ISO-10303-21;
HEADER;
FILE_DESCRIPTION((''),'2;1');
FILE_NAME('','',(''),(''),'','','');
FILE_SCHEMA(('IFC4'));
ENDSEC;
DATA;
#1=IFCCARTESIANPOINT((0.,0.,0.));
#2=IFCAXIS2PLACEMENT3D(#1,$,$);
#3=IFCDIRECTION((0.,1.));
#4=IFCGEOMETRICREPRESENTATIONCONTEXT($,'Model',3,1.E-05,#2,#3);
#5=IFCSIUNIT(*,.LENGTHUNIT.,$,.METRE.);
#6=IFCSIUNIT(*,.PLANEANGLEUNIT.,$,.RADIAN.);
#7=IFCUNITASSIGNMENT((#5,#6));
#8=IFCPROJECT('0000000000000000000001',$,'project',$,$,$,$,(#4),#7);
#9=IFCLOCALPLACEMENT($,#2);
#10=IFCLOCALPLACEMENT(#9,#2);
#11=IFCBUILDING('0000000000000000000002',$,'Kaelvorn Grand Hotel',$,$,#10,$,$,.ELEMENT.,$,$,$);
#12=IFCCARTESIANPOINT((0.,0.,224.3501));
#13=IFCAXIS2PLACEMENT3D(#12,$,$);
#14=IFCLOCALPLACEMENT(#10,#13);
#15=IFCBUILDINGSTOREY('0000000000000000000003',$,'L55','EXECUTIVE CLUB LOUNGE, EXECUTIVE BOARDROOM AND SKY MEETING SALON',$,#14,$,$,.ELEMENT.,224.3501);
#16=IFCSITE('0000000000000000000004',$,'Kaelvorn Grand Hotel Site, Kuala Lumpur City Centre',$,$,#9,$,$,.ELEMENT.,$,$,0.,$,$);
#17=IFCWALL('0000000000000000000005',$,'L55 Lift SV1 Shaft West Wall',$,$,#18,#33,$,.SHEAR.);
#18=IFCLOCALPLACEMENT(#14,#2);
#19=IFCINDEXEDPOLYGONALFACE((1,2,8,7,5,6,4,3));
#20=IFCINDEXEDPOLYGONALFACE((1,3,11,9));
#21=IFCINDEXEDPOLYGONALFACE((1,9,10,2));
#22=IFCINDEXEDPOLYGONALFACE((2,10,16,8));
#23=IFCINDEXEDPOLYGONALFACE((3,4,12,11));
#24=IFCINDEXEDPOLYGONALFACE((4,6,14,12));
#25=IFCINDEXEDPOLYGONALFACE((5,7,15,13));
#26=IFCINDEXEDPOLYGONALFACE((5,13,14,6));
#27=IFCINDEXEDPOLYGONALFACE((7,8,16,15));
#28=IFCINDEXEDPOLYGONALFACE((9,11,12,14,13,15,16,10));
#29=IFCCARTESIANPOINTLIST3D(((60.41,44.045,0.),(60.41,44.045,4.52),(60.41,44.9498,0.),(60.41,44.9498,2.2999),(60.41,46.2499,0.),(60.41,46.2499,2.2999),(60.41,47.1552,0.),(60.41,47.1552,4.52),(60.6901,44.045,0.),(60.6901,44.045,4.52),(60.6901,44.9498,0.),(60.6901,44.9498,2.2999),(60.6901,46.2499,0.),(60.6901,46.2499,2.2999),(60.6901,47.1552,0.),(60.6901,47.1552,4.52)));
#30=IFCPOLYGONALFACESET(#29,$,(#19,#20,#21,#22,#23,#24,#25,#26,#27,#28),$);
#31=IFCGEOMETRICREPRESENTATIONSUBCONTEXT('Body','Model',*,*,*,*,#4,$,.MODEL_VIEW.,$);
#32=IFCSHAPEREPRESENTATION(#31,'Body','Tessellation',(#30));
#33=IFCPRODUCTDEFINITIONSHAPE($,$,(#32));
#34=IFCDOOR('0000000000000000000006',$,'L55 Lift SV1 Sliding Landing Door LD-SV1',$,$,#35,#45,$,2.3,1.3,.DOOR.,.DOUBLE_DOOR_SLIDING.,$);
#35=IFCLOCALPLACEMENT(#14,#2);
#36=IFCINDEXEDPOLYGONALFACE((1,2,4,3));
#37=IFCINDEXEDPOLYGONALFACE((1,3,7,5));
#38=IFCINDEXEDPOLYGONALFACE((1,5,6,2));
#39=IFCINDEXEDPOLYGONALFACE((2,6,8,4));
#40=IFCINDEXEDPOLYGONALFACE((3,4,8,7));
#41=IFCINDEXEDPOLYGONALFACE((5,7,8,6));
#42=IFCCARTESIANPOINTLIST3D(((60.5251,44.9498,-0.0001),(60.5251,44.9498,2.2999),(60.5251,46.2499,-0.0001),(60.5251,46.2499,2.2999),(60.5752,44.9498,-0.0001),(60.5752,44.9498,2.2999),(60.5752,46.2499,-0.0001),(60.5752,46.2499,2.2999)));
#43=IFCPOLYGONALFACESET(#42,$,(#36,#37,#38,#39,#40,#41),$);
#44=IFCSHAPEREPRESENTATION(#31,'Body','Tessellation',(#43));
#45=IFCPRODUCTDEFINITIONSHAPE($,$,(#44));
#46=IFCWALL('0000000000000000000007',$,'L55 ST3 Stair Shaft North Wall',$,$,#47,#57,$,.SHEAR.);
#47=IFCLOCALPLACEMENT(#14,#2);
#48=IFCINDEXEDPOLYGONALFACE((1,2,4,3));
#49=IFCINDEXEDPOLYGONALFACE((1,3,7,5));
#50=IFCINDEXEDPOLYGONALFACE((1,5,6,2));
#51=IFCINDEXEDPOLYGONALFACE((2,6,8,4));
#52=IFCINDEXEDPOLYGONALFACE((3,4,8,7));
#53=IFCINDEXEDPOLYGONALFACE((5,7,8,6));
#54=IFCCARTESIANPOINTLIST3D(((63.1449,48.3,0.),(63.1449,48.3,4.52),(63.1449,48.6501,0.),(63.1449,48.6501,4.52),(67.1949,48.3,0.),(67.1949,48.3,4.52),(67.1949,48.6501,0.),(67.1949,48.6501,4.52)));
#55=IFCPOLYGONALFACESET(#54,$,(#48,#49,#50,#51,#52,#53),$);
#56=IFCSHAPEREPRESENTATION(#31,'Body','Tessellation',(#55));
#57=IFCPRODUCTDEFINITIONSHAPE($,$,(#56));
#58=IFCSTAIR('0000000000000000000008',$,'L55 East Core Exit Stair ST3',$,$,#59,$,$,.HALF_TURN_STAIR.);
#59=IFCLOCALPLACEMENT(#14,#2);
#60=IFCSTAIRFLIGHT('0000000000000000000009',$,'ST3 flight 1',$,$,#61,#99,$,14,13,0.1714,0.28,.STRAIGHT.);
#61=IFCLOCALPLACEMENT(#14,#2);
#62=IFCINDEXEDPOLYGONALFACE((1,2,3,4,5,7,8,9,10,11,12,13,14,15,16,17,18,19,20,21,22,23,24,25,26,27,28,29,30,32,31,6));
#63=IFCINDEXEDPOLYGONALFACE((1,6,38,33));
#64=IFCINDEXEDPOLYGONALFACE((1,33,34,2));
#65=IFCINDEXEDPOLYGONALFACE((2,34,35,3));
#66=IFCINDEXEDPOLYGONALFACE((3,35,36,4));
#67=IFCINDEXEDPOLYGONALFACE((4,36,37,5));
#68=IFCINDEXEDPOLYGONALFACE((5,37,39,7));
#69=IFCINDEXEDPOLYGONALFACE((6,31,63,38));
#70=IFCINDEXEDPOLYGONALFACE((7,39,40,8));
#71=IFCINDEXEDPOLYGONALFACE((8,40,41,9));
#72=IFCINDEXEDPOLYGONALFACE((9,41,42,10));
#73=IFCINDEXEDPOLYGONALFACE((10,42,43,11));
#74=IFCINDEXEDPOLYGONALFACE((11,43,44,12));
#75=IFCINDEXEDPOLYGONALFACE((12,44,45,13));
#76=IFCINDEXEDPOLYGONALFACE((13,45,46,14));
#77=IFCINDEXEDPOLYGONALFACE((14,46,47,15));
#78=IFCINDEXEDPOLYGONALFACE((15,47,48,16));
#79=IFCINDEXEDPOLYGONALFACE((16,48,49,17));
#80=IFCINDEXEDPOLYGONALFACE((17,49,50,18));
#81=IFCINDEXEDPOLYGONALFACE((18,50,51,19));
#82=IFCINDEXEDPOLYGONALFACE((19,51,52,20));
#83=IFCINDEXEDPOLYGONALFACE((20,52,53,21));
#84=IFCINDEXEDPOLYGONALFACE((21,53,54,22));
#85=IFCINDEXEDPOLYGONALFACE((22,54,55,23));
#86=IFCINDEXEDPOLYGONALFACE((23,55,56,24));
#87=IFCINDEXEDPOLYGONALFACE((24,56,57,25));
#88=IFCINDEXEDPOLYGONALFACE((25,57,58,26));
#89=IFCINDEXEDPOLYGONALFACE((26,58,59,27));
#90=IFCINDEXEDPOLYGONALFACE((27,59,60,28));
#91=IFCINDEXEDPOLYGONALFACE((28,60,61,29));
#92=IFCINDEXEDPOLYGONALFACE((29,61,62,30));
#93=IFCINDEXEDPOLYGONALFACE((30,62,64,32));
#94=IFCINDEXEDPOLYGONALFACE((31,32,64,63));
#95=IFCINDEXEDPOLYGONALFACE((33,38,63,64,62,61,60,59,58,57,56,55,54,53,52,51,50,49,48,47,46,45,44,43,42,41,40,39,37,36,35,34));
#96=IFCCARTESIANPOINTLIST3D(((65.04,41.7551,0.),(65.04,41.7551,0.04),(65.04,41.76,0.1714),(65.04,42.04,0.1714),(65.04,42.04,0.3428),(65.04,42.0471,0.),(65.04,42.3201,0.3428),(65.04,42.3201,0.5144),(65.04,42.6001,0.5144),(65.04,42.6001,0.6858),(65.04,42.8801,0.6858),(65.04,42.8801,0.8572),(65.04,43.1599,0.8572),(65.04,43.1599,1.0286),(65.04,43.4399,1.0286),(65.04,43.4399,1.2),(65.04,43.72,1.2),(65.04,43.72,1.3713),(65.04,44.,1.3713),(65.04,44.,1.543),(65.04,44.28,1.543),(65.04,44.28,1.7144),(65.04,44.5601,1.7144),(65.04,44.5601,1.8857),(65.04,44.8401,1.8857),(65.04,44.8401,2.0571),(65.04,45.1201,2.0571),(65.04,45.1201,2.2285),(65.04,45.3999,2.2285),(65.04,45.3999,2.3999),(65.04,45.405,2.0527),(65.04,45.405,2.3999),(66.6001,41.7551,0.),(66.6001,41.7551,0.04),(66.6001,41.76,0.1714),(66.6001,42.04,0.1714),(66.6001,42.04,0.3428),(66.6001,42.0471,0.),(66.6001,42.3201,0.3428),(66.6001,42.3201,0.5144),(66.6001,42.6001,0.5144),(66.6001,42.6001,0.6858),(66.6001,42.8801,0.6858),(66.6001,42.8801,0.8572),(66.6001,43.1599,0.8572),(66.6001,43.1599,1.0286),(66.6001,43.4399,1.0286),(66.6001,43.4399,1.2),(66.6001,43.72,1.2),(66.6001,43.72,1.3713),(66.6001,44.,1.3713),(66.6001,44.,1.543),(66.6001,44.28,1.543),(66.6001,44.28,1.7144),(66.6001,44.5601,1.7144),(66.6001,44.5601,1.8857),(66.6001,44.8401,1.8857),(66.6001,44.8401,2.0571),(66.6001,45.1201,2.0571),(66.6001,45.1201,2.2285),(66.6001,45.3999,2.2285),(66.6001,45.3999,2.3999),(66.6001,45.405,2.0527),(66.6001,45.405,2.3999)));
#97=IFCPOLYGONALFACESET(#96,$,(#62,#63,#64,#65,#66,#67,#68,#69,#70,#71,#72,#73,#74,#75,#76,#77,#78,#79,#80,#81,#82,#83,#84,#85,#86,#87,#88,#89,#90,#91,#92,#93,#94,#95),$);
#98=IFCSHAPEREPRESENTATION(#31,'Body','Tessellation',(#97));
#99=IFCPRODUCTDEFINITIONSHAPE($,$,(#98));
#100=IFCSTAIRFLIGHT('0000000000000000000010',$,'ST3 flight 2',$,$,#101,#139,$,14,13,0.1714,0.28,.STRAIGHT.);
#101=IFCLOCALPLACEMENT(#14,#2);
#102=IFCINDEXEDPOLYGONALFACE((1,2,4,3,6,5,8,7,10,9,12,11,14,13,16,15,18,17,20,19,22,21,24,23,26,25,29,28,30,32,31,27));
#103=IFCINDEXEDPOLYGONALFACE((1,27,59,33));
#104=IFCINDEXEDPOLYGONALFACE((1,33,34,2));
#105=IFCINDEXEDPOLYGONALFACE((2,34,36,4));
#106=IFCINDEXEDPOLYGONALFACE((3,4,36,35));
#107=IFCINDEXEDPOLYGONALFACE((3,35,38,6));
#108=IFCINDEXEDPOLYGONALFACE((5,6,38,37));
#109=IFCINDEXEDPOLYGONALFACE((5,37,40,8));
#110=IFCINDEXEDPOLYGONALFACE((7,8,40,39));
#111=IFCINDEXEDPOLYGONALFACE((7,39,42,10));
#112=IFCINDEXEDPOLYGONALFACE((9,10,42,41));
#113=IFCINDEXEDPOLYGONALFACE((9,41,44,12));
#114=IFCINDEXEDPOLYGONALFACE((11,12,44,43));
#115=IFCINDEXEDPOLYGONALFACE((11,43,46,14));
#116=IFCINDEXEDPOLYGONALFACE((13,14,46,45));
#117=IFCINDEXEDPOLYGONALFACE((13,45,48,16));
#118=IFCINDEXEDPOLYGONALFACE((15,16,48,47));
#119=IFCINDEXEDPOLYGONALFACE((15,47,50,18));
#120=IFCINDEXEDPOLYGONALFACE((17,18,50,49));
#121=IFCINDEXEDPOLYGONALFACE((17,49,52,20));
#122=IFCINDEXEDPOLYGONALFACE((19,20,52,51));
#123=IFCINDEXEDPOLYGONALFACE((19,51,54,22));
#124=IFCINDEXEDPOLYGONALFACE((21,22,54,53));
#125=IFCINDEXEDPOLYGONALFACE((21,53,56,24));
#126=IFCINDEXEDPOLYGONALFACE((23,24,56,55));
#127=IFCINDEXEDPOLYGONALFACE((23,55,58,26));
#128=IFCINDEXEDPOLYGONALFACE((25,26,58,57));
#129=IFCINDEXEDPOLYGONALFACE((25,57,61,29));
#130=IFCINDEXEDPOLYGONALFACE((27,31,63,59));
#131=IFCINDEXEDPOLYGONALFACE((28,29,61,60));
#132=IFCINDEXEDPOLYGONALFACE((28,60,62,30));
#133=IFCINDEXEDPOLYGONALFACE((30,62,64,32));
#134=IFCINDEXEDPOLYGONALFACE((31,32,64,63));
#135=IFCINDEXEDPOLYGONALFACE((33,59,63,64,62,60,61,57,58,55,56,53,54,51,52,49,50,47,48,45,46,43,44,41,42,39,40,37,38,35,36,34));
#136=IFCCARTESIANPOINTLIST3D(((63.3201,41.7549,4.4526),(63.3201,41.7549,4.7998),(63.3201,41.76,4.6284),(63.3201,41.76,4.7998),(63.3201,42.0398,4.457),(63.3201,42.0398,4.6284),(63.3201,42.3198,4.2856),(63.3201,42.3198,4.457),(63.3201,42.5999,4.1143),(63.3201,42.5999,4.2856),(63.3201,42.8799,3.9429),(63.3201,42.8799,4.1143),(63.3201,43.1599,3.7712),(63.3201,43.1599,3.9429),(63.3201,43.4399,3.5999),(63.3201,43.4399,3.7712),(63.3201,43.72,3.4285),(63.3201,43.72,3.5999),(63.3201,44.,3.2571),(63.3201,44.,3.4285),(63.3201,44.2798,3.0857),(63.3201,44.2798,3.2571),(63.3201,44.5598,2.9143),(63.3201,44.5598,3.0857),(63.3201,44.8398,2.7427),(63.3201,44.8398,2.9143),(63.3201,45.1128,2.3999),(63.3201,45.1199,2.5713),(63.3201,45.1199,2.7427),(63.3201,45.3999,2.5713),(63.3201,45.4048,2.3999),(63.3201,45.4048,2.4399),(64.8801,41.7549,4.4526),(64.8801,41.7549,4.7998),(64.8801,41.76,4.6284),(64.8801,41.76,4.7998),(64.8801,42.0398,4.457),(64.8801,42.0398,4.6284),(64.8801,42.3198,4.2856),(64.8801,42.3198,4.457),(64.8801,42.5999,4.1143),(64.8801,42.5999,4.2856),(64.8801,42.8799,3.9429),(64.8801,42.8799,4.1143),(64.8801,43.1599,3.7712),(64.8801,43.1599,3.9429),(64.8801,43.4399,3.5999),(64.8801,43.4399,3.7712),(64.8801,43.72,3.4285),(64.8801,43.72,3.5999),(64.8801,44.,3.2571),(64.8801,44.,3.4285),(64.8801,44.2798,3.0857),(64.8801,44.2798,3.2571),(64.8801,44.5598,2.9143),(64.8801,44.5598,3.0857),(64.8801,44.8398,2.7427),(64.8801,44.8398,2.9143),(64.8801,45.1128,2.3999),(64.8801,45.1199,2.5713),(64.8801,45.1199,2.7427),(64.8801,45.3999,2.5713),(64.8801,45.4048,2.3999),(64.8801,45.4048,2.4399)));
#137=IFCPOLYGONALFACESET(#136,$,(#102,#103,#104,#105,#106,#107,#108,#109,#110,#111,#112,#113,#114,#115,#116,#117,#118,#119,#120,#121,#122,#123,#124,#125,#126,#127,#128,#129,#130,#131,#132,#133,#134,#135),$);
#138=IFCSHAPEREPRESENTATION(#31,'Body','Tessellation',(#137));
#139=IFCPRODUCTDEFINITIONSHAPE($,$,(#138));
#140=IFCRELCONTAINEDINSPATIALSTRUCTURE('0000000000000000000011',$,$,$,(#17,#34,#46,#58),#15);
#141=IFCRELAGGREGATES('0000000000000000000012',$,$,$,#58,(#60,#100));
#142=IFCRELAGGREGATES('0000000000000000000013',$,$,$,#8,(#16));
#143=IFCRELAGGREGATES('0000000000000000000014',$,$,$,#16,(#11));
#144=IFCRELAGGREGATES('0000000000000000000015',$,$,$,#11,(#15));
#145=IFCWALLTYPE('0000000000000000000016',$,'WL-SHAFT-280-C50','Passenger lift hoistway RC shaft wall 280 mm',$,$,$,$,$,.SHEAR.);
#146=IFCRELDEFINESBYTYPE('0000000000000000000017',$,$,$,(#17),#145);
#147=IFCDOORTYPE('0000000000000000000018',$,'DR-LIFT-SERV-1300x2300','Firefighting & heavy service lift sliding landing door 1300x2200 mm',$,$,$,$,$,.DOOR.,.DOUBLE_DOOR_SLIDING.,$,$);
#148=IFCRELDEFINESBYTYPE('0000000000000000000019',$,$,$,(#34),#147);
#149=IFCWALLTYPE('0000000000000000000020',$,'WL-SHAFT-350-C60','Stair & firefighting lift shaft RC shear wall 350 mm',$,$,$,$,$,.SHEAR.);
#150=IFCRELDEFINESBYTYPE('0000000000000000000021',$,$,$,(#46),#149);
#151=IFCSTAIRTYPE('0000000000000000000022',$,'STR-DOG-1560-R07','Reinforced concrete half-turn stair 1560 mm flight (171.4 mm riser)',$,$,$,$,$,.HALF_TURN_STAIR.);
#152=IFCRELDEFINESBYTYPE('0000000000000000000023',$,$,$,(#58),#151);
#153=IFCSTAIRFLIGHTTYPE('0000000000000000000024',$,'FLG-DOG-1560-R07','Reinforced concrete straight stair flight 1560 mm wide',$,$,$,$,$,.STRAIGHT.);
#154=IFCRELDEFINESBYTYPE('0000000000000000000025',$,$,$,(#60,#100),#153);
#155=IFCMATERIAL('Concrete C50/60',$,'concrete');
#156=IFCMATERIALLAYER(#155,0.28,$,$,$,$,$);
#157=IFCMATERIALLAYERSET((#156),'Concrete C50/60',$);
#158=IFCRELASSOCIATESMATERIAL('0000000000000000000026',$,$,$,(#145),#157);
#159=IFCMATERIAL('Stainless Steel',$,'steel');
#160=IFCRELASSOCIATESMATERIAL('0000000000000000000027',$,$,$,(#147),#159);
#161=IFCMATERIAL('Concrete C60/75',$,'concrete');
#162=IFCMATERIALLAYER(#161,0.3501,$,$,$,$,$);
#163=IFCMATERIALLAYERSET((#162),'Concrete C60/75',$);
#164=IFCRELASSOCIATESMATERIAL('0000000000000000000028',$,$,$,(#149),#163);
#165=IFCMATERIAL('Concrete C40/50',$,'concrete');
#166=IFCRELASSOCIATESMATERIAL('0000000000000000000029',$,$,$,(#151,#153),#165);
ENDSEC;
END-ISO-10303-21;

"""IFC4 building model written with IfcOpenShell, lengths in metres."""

from ifc_helpers import new_model, si_unit, direction, frame, frame_2d, origin, place, context, subcontext, project, spatial, polyline, rectangle, outline, extrude, material, layer, layer_set, type_object, element, fill, aggregate, save


model = new_model("IFC4")

# Units and contexts
model_context = context("Model", 3, precision=1e-05, world=origin(), true_north=direction((0.0, 1.0)))
body_context = subcontext(model_context, "Body", "Model", "MODEL_VIEW")
ifc_project = project(units=[si_unit("LENGTHUNIT", "METRE"), si_unit("PLANEANGLEUNIT", "RADIAN")], contexts=[model_context])

# Site, building, storey
site_placement = place(None, origin())
site = spatial("IfcSite", under=ifc_project, at=site_placement, Name="Kaelvorn Grand Hotel Site, Kuala Lumpur City Centre", CompositionType="ELEMENT", RefElevation=0.0)
building_placement = place(site_placement, origin())
building = spatial("IfcBuilding", under=site, at=building_placement, Name="Kaelvorn Grand Hotel", CompositionType="ELEMENT")
storey_placement = place(building_placement, frame((0.0, 0.0, 224.3501)))
storey = spatial("IfcBuildingStorey", under=building, at=storey_placement, Name="L55", Description="EXECUTIVE CLUB LOUNGE, EXECUTIVE BOARDROOM AND SKY MEETING SALON", CompositionType="ELEMENT", Elevation=224.3501)

# Shared definitions
ifc_material_1 = material(Name="Concrete C60/75", Category="concrete")

# Shared definitions
ifc_material_2 = material(Name="Concrete C50/60", Category="concrete")

# Shared definitions
ifc_material_3 = material(Name="Concrete C40/50", Category="concrete")

# Shared definitions
ifc_layer_1 = layer(ifc_material_2, 0.28)
ifc_layer_set_1 = layer_set([ifc_layer_1], Name="Concrete C50/60")
wall_type_1 = type_object("IfcWallType", Name="WL-SHAFT-280-C50", Description="Passenger lift hoistway RC shaft wall 280 mm", PredefinedType="SHEAR", material=ifc_layer_set_1)

# Wall, opening, door
wall_1_placement = place(storey_placement, frame((60.55, 44.0449, 0.0), z_axis=(0.0, 0.0, 1.0), x_axis=(0.0, 1.0, 0.0)))
wall_1 = element("IfcWall", 1, at=wall_1_placement, inside=storey, type_object=wall_type_1, Name="L55 Lift SV1 Shaft West Wall", PredefinedType="SHEAR", context=body_context, shape_type="SweptSolid", body=[
    extrude(rectangle(XDim=3.1101, YDim=0.28, at=frame_2d((1.5552, 0.0))), origin(), (0.0, 0.0, 1.0), 4.52),
])
opening_1_placement = place(wall_1_placement, frame((0.905, 0.0, 0.0)))
opening_1 = element("IfcOpeningElement", 2, at=opening_1_placement, cuts=wall_1, PredefinedType="OPENING", context=body_context, shape_type="SweptSolid", body=[
    extrude(rectangle(XDim=1.3, YDim=2.3, at=frame_2d((0.6499, 1.1499))), frame((0.0, 0.1499, 0.0), z_axis=(0.0, -1.0, 0.0), x_axis=(1.0, 0.0, 0.0)), (0.0, 0.0, 1.0), 0.3),
])
ifc_material_4 = material(Name="Stainless Steel", Category="steel")
door_type_1 = type_object("IfcDoorType", Name="DR-LIFT-SERV-1300x2300", Description="Firefighting & heavy service lift sliding landing door 1300x2200 mm", OperationType="DOUBLE_DOOR_SLIDING", PredefinedType="DOOR", material=ifc_material_4)
door_1_placement = place(opening_1_placement, origin())
door_1 = element("IfcDoor", 3, at=door_1_placement, inside=storey, type_object=door_type_1, Name="L55 Lift SV1 Sliding Landing Door LD-SV1", OperationType="DOUBLE_DOOR_SLIDING", OverallHeight=2.3, OverallWidth=1.3, PredefinedType="DOOR", context=body_context, shape_type="SweptSolid", body=[
    extrude(rectangle(XDim=1.3, YDim=2.3, at=frame_2d((0.6499, 1.1499))), frame((0.0, 0.0249, 0.0), z_axis=(0.0, -1.0, 0.0), x_axis=(1.0, 0.0, 0.0)), (0.0, 0.0, 1.0), 0.05),
])
fill(opening_1, door_1)

# Wall
ifc_layer_2 = layer(ifc_material_1, 0.3501)
ifc_layer_set_2 = layer_set([ifc_layer_2], Name="Concrete C60/75")
wall_type_2 = type_object("IfcWallType", Name="WL-SHAFT-350-C60", Description="Stair & firefighting lift shaft RC shear wall 350 mm", PredefinedType="SHEAR", material=ifc_layer_set_2)
wall_2_placement = place(storey_placement, frame((63.145, 48.4751, 0.0), z_axis=(0.0, 0.0, 1.0), x_axis=(1.0, 0.0, 0.0)))
element("IfcWall", 4, at=wall_2_placement, inside=storey, type_object=wall_type_2, Name="L55 ST3 Stair Shaft North Wall", PredefinedType="SHEAR", context=body_context, shape_type="SweptSolid", body=[
    extrude(rectangle(XDim=4.05, YDim=0.3501, at=frame_2d((2.0249, 0.0))), origin(), (0.0, 0.0, 1.0), 4.52),
])

# Stair, stair flights
stair_type = type_object("IfcStairType", Name="STR-DOG-1560-R07", Description="Reinforced concrete half-turn stair 1560 mm flight (171.4 mm riser)", PredefinedType="HALF_TURN_STAIR", material=ifc_material_3)
stair_placement = place(storey_placement, origin())
stair = element("IfcStair", 5, at=stair_placement, inside=storey, type_object=stair_type, Name="L55 East Core Exit Stair ST3", PredefinedType="HALF_TURN_STAIR")
stair_flight_type = type_object("IfcStairFlightType", Name="FLG-DOG-1560-R07", Description="Reinforced concrete straight stair flight 1560 mm wide", PredefinedType="STRAIGHT", material=ifc_material_3)
stair_flight_1_placement = place(storey_placement, frame((65.8201, 41.76, 0.0), z_axis=(0.0, 0.0, 1.0), x_axis=(0.0, 1.0, 0.0)))
stair_flight_1 = element("IfcStairFlight", 6, at=stair_flight_1_placement, type_object=stair_flight_type, Name="ST3 flight 1", NumberOfRisers=14, NumberOfTreads=13, PredefinedType="STRAIGHT", RiserHeight=0.1714, TreadLength=0.28, context=body_context, shape_type="SweptSolid", body=[
    extrude(outline(polyline([(-0.0049, 0.0), (-0.0049, 0.04), (0.0, 0.1714), (0.28, 0.1714), (0.28, 0.3428), (0.5601, 0.3428), (0.5601, 0.5144), (0.8401, 0.5144), (0.8401, 0.6858), (1.1201, 0.6858), (1.1201, 0.8572), (1.3999, 0.8572), (1.3999, 1.0286), (1.6799, 1.0286), (1.6799, 1.2), (1.96, 1.2), (1.96, 1.3713), (2.24, 1.3713), (2.24, 1.543), (2.52, 1.543), (2.52, 1.7144), (2.8, 1.7144), (2.8, 1.8857), (3.0801, 1.8857), (3.0801, 2.0571), (3.3601, 2.0571), (3.3601, 2.2285), (3.6399, 2.2285), (3.6399, 2.3999), (3.645, 2.3999), (3.645, 2.0527), (0.2871, 0.0), (-0.0049, 0.0)])), frame((0.0, 0.78, 0.0), z_axis=(0.0, -1.0, 0.0), x_axis=(1.0, 0.0, 0.0)), (0.0, 0.0, 1.0), 1.5601),
])
stair_flight_2_placement = place(storey_placement, frame((64.1001, 45.3999, 2.3999), z_axis=(0.0, 0.0, 1.0), x_axis=(0.0, -1.0, 0.0)))
stair_flight_2 = element("IfcStairFlight", 7, at=stair_flight_2_placement, type_object=stair_flight_type, Name="ST3 flight 2", NumberOfRisers=14, NumberOfTreads=13, PredefinedType="STRAIGHT", RiserHeight=0.1714, TreadLength=0.28, context=body_context, shape_type="SweptSolid", body=[
    extrude(outline(polyline([(-0.0049, 0.0), (-0.0049, 0.04), (0.0, 0.1714), (0.28, 0.1714), (0.28, 0.3428), (0.5601, 0.3428), (0.5601, 0.5144), (0.8401, 0.5144), (0.8401, 0.6858), (1.1201, 0.6858), (1.1201, 0.8572), (1.3999, 0.8572), (1.3999, 1.0286), (1.6799, 1.0286), (1.6799, 1.2), (1.96, 1.2), (1.96, 1.3713), (2.24, 1.3713), (2.24, 1.543), (2.52, 1.543), (2.52, 1.7144), (2.8, 1.7144), (2.8, 1.8857), (3.0801, 1.8857), (3.0801, 2.0571), (3.3601, 2.0571), (3.3601, 2.2285), (3.6399, 2.2285), (3.6399, 2.3999), (3.645, 2.3999), (3.645, 2.0527), (0.2871, 0.0), (-0.0049, 0.0)])), frame((0.0, 0.78, 0.0), z_axis=(0.0, -1.0, 0.0), x_axis=(1.0, 0.0, 0.0)), (0.0, 0.0, 1.0), 1.5601),
])
aggregate(stair, [stair_flight_1, stair_flight_2])

save(model, "model.ifc")
